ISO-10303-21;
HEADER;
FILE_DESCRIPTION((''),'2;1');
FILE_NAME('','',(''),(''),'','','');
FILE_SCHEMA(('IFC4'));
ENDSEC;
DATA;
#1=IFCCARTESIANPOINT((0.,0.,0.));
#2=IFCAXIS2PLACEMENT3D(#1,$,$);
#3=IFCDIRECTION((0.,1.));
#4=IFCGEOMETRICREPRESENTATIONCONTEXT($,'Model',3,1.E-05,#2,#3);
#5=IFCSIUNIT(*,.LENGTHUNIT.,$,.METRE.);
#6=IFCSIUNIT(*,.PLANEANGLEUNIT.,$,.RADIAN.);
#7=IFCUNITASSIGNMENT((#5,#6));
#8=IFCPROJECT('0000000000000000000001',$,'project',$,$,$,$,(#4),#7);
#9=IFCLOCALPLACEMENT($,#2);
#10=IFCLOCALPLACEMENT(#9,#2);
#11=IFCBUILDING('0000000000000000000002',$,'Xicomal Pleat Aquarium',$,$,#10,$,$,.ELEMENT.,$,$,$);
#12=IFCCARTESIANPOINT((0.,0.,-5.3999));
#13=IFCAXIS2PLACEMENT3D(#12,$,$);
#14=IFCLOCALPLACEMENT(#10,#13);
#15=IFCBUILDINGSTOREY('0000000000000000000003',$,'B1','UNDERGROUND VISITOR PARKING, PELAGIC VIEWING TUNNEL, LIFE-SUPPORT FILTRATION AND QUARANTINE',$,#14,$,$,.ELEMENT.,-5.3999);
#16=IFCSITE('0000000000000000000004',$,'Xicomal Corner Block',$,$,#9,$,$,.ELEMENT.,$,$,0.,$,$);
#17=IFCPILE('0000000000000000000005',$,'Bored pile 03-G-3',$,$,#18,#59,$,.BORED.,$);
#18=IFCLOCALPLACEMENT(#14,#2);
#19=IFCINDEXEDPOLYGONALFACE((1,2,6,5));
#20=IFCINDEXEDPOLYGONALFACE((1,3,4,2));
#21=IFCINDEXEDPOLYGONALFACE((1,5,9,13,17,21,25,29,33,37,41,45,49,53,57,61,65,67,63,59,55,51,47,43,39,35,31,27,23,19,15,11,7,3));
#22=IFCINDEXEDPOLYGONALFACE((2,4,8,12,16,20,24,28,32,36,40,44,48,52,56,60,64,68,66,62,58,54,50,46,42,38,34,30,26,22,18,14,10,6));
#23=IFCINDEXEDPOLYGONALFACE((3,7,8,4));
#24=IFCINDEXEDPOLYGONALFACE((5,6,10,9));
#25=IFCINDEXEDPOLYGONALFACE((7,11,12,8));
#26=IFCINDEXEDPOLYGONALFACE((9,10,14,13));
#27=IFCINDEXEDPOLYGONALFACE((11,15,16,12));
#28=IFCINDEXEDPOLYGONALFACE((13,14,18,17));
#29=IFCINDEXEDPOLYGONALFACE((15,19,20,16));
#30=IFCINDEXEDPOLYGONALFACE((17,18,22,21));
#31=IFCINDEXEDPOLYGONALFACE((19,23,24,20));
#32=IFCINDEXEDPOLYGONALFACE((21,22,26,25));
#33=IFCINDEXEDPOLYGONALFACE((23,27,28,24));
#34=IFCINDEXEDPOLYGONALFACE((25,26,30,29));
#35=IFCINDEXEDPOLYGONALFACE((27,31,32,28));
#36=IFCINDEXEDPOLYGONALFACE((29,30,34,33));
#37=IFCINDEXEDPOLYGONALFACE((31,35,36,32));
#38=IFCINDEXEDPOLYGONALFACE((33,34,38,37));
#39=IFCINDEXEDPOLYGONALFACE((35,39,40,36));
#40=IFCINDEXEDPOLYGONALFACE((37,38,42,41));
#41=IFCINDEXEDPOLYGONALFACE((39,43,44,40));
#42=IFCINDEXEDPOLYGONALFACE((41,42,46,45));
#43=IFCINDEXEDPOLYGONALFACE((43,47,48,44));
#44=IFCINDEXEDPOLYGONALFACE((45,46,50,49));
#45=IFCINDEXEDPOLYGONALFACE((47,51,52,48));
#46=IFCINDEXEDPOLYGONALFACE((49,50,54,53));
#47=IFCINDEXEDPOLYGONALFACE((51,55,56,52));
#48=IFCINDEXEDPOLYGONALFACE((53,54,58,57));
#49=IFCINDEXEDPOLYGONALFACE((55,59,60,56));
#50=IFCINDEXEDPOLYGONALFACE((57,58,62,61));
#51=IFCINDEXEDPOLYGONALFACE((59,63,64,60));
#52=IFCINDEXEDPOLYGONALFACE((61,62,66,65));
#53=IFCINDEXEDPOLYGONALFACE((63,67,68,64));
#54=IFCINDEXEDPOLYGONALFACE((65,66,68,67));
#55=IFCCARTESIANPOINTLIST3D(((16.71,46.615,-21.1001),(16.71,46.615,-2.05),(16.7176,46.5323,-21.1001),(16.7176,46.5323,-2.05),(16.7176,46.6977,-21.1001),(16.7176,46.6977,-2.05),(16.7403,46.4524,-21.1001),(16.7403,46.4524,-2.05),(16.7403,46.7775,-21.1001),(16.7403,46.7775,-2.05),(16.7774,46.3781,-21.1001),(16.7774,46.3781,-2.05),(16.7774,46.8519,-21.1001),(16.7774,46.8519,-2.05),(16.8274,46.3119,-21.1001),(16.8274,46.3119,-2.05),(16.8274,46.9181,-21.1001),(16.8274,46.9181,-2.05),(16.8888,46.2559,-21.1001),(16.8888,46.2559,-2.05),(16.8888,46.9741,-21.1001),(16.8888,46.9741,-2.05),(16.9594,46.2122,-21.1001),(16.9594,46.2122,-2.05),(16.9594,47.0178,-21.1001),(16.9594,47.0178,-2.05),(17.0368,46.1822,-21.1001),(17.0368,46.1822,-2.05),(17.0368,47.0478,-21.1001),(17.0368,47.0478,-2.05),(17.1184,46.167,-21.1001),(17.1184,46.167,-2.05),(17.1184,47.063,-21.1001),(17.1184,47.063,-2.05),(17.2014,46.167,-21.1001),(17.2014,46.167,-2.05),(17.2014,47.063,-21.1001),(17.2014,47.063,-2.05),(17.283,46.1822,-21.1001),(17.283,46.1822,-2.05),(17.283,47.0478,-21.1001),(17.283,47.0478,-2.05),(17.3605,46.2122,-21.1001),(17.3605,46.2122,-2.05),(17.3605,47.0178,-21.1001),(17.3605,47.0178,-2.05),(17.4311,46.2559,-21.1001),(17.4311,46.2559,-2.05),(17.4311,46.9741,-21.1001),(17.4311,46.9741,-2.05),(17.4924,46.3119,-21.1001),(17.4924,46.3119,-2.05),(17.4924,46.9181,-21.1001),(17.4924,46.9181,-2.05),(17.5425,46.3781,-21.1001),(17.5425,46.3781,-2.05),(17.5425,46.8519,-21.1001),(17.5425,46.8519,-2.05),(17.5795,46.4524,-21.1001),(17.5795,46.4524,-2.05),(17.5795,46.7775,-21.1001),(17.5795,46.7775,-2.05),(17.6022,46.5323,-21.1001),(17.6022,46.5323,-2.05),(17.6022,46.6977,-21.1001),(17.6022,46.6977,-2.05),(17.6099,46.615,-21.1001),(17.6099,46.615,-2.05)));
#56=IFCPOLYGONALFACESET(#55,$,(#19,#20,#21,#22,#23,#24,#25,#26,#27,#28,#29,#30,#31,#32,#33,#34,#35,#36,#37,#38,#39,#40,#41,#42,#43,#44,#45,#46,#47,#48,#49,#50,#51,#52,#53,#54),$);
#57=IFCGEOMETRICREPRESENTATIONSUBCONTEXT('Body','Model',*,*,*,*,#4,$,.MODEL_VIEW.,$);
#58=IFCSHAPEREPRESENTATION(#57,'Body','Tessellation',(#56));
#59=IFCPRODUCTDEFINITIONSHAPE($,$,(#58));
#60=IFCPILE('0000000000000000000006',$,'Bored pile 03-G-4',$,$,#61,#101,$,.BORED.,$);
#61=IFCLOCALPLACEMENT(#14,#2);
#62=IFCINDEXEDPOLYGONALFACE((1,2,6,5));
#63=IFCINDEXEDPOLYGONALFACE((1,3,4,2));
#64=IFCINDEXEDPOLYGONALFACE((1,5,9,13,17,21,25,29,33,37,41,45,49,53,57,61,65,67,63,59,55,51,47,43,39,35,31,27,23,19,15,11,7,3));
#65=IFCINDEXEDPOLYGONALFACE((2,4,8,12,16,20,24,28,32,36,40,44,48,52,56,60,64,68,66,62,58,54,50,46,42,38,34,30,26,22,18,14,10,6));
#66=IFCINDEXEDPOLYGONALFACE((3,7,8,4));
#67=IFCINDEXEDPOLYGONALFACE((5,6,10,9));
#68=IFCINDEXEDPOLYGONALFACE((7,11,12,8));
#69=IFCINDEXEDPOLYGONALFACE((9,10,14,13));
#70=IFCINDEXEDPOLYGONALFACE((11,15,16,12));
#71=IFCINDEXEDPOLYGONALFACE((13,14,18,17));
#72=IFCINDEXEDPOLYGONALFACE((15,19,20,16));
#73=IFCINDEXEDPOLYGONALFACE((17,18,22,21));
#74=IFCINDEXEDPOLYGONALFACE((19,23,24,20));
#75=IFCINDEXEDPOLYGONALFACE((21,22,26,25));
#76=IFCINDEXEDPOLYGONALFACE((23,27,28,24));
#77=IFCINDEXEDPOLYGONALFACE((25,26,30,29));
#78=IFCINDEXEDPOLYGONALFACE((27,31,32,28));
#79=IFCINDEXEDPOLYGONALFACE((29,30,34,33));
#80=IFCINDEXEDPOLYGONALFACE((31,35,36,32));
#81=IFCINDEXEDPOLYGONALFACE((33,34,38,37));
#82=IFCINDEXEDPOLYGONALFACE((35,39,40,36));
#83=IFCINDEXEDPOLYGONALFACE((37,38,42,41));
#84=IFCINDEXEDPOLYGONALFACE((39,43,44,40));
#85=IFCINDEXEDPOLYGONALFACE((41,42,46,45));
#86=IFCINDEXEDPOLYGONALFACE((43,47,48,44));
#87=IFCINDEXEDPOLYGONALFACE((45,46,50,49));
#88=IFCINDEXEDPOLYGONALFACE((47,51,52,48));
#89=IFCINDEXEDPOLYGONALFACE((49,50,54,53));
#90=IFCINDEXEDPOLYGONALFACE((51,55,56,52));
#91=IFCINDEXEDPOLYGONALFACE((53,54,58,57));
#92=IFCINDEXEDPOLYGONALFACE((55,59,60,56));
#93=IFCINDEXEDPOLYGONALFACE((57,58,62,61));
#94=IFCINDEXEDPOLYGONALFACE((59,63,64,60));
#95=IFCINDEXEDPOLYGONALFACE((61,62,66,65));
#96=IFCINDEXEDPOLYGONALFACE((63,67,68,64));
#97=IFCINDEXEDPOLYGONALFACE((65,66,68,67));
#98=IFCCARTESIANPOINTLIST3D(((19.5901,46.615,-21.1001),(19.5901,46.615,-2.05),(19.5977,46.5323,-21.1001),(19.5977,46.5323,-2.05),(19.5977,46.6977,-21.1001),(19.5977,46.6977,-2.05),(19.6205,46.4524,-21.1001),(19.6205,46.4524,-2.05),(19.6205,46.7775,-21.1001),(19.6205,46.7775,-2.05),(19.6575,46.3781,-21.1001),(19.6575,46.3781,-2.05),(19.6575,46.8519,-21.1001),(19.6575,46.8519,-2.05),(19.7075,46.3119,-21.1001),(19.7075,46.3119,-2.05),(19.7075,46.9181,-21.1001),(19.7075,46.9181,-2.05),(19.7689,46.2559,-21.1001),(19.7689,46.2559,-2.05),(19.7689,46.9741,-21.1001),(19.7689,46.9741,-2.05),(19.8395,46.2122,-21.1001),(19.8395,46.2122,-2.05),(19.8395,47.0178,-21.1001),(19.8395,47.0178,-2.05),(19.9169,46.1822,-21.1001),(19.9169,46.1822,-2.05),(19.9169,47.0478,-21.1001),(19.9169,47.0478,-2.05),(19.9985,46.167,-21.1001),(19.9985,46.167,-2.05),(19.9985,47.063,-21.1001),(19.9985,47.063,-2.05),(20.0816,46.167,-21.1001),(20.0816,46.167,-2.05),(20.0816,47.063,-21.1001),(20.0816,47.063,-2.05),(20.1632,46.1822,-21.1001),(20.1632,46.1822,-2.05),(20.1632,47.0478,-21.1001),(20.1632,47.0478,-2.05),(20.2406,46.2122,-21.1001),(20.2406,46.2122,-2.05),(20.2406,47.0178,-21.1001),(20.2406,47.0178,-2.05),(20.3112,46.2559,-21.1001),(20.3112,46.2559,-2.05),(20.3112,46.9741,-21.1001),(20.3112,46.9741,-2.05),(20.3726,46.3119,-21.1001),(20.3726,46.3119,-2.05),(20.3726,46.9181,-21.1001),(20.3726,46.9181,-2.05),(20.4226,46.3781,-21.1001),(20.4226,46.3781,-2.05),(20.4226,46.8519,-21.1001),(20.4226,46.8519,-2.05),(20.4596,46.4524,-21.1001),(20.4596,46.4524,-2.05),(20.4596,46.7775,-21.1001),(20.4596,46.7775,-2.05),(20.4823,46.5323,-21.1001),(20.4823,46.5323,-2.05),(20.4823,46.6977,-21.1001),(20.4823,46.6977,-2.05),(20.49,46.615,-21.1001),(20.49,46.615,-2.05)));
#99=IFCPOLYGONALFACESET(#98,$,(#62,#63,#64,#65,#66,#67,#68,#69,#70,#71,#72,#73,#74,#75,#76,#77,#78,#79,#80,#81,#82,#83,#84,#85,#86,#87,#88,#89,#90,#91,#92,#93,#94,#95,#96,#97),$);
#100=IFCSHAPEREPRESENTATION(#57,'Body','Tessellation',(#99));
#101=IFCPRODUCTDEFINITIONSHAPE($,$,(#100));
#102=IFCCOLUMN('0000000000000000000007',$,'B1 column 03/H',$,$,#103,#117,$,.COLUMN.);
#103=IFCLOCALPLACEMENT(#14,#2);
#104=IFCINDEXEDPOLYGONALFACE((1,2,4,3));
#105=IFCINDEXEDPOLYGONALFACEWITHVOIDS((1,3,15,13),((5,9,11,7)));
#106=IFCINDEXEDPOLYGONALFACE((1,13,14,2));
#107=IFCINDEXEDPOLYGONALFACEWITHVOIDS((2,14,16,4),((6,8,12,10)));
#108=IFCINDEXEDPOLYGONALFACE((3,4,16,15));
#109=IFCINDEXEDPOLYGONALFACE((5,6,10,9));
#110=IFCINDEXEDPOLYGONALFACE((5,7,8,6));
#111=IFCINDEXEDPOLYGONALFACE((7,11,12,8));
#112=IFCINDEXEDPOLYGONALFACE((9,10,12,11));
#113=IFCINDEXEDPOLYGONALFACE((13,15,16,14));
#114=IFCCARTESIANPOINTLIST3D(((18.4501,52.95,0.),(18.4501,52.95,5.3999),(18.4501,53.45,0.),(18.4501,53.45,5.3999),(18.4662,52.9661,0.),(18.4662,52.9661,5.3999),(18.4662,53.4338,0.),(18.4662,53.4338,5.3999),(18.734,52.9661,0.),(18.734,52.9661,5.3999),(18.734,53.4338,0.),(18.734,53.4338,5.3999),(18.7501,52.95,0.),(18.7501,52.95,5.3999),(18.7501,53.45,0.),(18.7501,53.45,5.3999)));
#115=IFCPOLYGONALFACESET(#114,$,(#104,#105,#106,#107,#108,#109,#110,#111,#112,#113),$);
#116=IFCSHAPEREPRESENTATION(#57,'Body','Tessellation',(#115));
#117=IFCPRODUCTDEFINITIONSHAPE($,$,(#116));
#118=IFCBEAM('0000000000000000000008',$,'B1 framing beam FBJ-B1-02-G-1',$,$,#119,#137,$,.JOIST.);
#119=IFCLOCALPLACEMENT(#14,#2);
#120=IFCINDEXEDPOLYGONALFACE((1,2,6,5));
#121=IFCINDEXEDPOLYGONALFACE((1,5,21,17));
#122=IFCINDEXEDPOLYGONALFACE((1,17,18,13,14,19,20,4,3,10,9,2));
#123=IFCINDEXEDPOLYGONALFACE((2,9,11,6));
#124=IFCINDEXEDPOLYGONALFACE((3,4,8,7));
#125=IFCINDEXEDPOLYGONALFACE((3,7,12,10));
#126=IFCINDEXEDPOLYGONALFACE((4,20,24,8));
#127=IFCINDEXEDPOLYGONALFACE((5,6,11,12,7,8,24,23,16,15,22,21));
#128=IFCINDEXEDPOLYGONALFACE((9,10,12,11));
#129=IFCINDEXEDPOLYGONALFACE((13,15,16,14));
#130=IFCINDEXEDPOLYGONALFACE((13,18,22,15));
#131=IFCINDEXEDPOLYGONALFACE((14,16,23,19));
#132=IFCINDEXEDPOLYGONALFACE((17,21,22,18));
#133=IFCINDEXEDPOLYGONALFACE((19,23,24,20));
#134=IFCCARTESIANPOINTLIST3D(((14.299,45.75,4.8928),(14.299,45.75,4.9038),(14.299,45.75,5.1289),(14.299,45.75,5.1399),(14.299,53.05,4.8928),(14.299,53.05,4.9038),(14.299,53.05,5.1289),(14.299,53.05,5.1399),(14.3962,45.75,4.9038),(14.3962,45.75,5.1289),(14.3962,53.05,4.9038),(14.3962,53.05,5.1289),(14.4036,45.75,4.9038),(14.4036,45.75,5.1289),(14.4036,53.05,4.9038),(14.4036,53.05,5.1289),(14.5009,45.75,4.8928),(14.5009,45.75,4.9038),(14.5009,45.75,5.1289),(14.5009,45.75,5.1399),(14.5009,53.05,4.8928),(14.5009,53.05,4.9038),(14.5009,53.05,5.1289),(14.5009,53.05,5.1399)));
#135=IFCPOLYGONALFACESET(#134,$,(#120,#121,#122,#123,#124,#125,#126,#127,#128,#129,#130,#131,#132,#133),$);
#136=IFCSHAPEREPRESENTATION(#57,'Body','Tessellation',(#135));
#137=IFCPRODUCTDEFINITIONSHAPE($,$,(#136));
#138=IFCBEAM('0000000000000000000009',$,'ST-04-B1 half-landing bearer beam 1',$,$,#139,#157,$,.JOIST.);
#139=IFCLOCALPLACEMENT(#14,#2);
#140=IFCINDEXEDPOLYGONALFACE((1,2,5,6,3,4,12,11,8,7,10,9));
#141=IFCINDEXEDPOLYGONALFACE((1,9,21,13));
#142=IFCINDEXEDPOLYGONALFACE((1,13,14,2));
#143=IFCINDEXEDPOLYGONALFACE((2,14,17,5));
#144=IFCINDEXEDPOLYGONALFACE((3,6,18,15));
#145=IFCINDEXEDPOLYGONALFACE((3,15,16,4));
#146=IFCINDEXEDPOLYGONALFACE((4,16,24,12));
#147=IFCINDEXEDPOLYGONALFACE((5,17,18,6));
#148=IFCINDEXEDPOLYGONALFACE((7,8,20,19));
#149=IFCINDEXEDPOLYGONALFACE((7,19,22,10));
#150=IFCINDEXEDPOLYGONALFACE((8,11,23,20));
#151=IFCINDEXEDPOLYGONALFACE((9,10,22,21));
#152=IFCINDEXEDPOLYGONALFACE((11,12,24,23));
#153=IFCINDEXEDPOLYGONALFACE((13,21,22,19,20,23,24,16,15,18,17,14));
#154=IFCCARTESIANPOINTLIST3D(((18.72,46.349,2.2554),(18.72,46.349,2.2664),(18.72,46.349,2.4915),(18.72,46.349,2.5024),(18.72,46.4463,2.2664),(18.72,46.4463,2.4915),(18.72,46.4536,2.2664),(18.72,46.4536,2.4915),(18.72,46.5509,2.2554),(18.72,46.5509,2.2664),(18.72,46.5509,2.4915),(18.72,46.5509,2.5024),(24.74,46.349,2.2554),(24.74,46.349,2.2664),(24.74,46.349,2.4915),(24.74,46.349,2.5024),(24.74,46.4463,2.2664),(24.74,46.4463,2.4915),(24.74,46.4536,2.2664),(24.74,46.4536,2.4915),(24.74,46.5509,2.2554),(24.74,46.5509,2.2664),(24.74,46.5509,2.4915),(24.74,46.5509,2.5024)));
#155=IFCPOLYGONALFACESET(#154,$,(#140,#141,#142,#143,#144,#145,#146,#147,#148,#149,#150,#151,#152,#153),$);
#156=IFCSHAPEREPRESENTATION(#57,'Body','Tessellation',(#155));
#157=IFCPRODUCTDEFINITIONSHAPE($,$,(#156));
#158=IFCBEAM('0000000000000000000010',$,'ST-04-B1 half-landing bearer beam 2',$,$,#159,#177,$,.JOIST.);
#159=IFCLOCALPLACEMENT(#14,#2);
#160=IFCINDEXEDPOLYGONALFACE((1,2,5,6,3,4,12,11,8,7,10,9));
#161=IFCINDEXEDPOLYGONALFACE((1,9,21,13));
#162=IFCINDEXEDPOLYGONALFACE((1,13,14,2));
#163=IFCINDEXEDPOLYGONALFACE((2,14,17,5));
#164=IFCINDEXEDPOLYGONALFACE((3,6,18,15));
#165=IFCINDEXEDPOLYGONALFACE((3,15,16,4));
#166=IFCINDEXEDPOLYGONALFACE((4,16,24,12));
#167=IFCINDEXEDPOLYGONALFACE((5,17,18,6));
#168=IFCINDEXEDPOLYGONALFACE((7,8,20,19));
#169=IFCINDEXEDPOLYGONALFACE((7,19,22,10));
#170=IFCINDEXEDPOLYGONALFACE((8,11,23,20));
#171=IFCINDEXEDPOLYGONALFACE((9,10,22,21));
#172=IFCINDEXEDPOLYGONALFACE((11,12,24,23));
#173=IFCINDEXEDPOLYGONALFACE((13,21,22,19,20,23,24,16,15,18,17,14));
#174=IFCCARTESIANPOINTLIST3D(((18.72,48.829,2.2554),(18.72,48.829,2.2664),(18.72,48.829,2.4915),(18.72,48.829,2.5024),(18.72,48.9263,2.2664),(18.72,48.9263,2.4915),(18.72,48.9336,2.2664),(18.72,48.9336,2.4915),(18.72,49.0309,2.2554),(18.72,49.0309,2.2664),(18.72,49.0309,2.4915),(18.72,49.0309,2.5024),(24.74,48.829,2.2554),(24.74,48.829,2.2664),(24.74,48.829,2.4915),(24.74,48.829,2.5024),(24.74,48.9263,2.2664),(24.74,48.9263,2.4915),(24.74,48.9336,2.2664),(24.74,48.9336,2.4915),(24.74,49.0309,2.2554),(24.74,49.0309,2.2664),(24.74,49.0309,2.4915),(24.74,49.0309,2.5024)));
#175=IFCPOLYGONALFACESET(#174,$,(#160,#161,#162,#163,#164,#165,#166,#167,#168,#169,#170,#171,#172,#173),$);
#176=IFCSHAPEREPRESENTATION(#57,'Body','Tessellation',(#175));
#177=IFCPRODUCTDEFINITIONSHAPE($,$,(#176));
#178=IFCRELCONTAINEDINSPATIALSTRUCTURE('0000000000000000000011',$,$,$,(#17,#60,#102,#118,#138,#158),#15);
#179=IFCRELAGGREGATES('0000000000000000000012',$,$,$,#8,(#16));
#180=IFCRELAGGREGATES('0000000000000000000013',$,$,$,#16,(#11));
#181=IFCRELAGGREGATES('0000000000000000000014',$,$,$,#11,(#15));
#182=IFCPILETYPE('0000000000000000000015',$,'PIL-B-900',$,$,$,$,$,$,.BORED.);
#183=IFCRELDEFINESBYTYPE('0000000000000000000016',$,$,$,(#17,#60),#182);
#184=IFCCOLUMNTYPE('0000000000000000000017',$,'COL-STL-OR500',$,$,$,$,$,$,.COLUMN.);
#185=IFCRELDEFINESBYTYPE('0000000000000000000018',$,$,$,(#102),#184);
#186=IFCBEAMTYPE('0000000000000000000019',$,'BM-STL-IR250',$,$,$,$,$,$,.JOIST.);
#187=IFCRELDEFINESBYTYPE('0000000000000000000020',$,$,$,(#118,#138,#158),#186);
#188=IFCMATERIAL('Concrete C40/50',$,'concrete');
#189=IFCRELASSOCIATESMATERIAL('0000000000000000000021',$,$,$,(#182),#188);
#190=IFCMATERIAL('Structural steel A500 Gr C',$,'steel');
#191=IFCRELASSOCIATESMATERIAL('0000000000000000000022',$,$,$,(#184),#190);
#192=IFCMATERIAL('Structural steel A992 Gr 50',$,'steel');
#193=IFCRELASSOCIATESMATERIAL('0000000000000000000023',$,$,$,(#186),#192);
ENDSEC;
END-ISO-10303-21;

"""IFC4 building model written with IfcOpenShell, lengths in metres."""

from ifc_helpers import new_model, si_unit, direction, frame, origin, origin_2d, place, context, subcontext, project, spatial, hollow_rectangle, circle, i_section, extrude, material, material_profile, profile_set, type_object, element, save


model = new_model("IFC4")

# Units and contexts
model_context = context("Model", 3, precision=1e-05, world=origin(), true_north=direction((0.0, 1.0)))
body_context = subcontext(model_context, "Body", "Model", "MODEL_VIEW")
ifc_project = project(units=[si_unit("LENGTHUNIT", "METRE"), si_unit("PLANEANGLEUNIT", "RADIAN")], contexts=[model_context])

# Site, building, storey
site_placement = place(None, origin())
site = spatial("IfcSite", under=ifc_project, at=site_placement, Name="Xicomal Corner Block", CompositionType="ELEMENT", RefElevation=0.0)
building_placement = place(site_placement, origin())
building = spatial("IfcBuilding", under=site, at=building_placement, Name="Xicomal Pleat Aquarium", CompositionType="ELEMENT")
storey_placement = place(building_placement, frame((0.0, 0.0, -5.3999)))
storey = spatial("IfcBuildingStorey", under=building, at=storey_placement, Name="B1", Description="UNDERGROUND VISITOR PARKING, PELAGIC VIEWING TUNNEL, LIFE-SUPPORT FILTRATION AND QUARANTINE", CompositionType="ELEMENT", Elevation=-5.3999)

# Piles
ifc_material_1 = material(Name="Concrete C40/50", Category="concrete")
ifc_material_profile_1 = material_profile(ifc_material_1, circle(Radius=0.45, at=origin_2d()), Name="BORED PILE D900")
ifc_profile_set_1 = profile_set([ifc_material_profile_1], Name="Concrete C40/50")
pile_type_1 = type_object("IfcPileType", Name="PIL-B-900", PredefinedType="BORED", material=ifc_profile_set_1)
for number, where, z_axis, x_axis, name in (
    (1, (17.1599, 46.615, -2.05), (0.0, 0.0, -1.0), (1.0, 0.0, 0.0), "Bored pile 03-G-3"),
    (2, (20.04, 46.615, -2.05), (0.0, 0.0, -1.0), (1.0, 0.0, 0.0), "Bored pile 03-G-4"),
):
    element("IfcPile", number, at=place(storey_placement, frame(where, z_axis=z_axis, x_axis=x_axis)), inside=storey, type_object=pile_type_1, Name=name, PredefinedType="BORED", context=body_context, shape_type="SweptSolid", body=[
        extrude(circle(Radius=0.45, at=origin_2d()), origin(), (0.0, 0.0, 1.0), 19.05),
    ])

# Column
ifc_material_2 = material(Name="Structural steel A500 Gr C", Category="steel")
ifc_material_profile_2 = material_profile(ifc_material_2, hollow_rectangle(XDim=0.3, YDim=0.5, WallThickness=0.0161, at=origin_2d()), Name="OR 500x300x16")
ifc_profile_set_2 = profile_set([ifc_material_profile_2], Name="Structural steel A500 Gr C")
column_type = type_object("IfcColumnType", Name="COL-STL-OR500", PredefinedType="COLUMN", material=ifc_profile_set_2)
column_placement = place(storey_placement, frame((18.6001, 53.2, 0.0), z_axis=(0.0, 0.0, 1.0), x_axis=(1.0, 0.0, 0.0)))
element("IfcColumn", 3, at=column_placement, inside=storey, type_object=column_type, Name="B1 column 03/H", PredefinedType="COLUMN", context=body_context, shape_type="SweptSolid", body=[
    extrude(hollow_rectangle(XDim=0.3, YDim=0.5, WallThickness=0.0161, at=origin_2d()), origin(), (0.0, 0.0, 1.0), 5.3999),
])

# Beams
ifc_material_3 = material(Name="Structural steel A992 Gr 50", Category="steel")
ifc_material_profile_3 = material_profile(ifc_material_3, i_section(OverallWidth=0.2019, OverallDepth=0.2471, WebThickness=0.0073, FlangeThickness=0.011, at=origin_2d()), Name="IR 250x49")
ifc_profile_set_3 = profile_set([ifc_material_profile_3], Name="Structural steel A992 Gr 50")
beam_type_1 = type_object("IfcBeamType", Name="BM-STL-IR250", PredefinedType="JOIST", material=ifc_profile_set_3)
beam_placement = place(storey_placement, frame((14.3999, 45.75, 5.0164), z_axis=(0.0, 1.0, 0.0), x_axis=(-1.0, 0.0, 0.0)))
element("IfcBeam", 4, at=beam_placement, inside=storey, type_object=beam_type_1, Name="B1 framing beam FBJ-B1-02-G-1", PredefinedType="JOIST", context=body_context, shape_type="SweptSolid", body=[
    extrude(i_section(OverallWidth=0.2019, OverallDepth=0.2471, WebThickness=0.0073, FlangeThickness=0.011, at=origin_2d()), origin(), (0.0, 0.0, 1.0), 7.3),
])
for number, where, z_axis, x_axis, name in (
    (5, (18.72, 46.45, 2.3789), (1.0, 0.0, 0.0), (0.0, 1.0, 0.0), "ST-04-B1 half-landing bearer beam 1"),
    (6, (18.72, 48.9299, 2.3789), (1.0, 0.0, 0.0), (0.0, 1.0, 0.0), "ST-04-B1 half-landing bearer beam 2"),
):
    element("IfcBeam", number, at=place(storey_placement, frame(where, z_axis=z_axis, x_axis=x_axis)), inside=storey, type_object=beam_type_1, Name=name, PredefinedType="JOIST", context=body_context, shape_type="SweptSolid", body=[
        extrude(i_section(OverallWidth=0.2019, OverallDepth=0.2471, WebThickness=0.0073, FlangeThickness=0.011, at=origin_2d()), origin(), (0.0, 0.0, 1.0), 6.02),
    ])

save(model, "model.ifc")
